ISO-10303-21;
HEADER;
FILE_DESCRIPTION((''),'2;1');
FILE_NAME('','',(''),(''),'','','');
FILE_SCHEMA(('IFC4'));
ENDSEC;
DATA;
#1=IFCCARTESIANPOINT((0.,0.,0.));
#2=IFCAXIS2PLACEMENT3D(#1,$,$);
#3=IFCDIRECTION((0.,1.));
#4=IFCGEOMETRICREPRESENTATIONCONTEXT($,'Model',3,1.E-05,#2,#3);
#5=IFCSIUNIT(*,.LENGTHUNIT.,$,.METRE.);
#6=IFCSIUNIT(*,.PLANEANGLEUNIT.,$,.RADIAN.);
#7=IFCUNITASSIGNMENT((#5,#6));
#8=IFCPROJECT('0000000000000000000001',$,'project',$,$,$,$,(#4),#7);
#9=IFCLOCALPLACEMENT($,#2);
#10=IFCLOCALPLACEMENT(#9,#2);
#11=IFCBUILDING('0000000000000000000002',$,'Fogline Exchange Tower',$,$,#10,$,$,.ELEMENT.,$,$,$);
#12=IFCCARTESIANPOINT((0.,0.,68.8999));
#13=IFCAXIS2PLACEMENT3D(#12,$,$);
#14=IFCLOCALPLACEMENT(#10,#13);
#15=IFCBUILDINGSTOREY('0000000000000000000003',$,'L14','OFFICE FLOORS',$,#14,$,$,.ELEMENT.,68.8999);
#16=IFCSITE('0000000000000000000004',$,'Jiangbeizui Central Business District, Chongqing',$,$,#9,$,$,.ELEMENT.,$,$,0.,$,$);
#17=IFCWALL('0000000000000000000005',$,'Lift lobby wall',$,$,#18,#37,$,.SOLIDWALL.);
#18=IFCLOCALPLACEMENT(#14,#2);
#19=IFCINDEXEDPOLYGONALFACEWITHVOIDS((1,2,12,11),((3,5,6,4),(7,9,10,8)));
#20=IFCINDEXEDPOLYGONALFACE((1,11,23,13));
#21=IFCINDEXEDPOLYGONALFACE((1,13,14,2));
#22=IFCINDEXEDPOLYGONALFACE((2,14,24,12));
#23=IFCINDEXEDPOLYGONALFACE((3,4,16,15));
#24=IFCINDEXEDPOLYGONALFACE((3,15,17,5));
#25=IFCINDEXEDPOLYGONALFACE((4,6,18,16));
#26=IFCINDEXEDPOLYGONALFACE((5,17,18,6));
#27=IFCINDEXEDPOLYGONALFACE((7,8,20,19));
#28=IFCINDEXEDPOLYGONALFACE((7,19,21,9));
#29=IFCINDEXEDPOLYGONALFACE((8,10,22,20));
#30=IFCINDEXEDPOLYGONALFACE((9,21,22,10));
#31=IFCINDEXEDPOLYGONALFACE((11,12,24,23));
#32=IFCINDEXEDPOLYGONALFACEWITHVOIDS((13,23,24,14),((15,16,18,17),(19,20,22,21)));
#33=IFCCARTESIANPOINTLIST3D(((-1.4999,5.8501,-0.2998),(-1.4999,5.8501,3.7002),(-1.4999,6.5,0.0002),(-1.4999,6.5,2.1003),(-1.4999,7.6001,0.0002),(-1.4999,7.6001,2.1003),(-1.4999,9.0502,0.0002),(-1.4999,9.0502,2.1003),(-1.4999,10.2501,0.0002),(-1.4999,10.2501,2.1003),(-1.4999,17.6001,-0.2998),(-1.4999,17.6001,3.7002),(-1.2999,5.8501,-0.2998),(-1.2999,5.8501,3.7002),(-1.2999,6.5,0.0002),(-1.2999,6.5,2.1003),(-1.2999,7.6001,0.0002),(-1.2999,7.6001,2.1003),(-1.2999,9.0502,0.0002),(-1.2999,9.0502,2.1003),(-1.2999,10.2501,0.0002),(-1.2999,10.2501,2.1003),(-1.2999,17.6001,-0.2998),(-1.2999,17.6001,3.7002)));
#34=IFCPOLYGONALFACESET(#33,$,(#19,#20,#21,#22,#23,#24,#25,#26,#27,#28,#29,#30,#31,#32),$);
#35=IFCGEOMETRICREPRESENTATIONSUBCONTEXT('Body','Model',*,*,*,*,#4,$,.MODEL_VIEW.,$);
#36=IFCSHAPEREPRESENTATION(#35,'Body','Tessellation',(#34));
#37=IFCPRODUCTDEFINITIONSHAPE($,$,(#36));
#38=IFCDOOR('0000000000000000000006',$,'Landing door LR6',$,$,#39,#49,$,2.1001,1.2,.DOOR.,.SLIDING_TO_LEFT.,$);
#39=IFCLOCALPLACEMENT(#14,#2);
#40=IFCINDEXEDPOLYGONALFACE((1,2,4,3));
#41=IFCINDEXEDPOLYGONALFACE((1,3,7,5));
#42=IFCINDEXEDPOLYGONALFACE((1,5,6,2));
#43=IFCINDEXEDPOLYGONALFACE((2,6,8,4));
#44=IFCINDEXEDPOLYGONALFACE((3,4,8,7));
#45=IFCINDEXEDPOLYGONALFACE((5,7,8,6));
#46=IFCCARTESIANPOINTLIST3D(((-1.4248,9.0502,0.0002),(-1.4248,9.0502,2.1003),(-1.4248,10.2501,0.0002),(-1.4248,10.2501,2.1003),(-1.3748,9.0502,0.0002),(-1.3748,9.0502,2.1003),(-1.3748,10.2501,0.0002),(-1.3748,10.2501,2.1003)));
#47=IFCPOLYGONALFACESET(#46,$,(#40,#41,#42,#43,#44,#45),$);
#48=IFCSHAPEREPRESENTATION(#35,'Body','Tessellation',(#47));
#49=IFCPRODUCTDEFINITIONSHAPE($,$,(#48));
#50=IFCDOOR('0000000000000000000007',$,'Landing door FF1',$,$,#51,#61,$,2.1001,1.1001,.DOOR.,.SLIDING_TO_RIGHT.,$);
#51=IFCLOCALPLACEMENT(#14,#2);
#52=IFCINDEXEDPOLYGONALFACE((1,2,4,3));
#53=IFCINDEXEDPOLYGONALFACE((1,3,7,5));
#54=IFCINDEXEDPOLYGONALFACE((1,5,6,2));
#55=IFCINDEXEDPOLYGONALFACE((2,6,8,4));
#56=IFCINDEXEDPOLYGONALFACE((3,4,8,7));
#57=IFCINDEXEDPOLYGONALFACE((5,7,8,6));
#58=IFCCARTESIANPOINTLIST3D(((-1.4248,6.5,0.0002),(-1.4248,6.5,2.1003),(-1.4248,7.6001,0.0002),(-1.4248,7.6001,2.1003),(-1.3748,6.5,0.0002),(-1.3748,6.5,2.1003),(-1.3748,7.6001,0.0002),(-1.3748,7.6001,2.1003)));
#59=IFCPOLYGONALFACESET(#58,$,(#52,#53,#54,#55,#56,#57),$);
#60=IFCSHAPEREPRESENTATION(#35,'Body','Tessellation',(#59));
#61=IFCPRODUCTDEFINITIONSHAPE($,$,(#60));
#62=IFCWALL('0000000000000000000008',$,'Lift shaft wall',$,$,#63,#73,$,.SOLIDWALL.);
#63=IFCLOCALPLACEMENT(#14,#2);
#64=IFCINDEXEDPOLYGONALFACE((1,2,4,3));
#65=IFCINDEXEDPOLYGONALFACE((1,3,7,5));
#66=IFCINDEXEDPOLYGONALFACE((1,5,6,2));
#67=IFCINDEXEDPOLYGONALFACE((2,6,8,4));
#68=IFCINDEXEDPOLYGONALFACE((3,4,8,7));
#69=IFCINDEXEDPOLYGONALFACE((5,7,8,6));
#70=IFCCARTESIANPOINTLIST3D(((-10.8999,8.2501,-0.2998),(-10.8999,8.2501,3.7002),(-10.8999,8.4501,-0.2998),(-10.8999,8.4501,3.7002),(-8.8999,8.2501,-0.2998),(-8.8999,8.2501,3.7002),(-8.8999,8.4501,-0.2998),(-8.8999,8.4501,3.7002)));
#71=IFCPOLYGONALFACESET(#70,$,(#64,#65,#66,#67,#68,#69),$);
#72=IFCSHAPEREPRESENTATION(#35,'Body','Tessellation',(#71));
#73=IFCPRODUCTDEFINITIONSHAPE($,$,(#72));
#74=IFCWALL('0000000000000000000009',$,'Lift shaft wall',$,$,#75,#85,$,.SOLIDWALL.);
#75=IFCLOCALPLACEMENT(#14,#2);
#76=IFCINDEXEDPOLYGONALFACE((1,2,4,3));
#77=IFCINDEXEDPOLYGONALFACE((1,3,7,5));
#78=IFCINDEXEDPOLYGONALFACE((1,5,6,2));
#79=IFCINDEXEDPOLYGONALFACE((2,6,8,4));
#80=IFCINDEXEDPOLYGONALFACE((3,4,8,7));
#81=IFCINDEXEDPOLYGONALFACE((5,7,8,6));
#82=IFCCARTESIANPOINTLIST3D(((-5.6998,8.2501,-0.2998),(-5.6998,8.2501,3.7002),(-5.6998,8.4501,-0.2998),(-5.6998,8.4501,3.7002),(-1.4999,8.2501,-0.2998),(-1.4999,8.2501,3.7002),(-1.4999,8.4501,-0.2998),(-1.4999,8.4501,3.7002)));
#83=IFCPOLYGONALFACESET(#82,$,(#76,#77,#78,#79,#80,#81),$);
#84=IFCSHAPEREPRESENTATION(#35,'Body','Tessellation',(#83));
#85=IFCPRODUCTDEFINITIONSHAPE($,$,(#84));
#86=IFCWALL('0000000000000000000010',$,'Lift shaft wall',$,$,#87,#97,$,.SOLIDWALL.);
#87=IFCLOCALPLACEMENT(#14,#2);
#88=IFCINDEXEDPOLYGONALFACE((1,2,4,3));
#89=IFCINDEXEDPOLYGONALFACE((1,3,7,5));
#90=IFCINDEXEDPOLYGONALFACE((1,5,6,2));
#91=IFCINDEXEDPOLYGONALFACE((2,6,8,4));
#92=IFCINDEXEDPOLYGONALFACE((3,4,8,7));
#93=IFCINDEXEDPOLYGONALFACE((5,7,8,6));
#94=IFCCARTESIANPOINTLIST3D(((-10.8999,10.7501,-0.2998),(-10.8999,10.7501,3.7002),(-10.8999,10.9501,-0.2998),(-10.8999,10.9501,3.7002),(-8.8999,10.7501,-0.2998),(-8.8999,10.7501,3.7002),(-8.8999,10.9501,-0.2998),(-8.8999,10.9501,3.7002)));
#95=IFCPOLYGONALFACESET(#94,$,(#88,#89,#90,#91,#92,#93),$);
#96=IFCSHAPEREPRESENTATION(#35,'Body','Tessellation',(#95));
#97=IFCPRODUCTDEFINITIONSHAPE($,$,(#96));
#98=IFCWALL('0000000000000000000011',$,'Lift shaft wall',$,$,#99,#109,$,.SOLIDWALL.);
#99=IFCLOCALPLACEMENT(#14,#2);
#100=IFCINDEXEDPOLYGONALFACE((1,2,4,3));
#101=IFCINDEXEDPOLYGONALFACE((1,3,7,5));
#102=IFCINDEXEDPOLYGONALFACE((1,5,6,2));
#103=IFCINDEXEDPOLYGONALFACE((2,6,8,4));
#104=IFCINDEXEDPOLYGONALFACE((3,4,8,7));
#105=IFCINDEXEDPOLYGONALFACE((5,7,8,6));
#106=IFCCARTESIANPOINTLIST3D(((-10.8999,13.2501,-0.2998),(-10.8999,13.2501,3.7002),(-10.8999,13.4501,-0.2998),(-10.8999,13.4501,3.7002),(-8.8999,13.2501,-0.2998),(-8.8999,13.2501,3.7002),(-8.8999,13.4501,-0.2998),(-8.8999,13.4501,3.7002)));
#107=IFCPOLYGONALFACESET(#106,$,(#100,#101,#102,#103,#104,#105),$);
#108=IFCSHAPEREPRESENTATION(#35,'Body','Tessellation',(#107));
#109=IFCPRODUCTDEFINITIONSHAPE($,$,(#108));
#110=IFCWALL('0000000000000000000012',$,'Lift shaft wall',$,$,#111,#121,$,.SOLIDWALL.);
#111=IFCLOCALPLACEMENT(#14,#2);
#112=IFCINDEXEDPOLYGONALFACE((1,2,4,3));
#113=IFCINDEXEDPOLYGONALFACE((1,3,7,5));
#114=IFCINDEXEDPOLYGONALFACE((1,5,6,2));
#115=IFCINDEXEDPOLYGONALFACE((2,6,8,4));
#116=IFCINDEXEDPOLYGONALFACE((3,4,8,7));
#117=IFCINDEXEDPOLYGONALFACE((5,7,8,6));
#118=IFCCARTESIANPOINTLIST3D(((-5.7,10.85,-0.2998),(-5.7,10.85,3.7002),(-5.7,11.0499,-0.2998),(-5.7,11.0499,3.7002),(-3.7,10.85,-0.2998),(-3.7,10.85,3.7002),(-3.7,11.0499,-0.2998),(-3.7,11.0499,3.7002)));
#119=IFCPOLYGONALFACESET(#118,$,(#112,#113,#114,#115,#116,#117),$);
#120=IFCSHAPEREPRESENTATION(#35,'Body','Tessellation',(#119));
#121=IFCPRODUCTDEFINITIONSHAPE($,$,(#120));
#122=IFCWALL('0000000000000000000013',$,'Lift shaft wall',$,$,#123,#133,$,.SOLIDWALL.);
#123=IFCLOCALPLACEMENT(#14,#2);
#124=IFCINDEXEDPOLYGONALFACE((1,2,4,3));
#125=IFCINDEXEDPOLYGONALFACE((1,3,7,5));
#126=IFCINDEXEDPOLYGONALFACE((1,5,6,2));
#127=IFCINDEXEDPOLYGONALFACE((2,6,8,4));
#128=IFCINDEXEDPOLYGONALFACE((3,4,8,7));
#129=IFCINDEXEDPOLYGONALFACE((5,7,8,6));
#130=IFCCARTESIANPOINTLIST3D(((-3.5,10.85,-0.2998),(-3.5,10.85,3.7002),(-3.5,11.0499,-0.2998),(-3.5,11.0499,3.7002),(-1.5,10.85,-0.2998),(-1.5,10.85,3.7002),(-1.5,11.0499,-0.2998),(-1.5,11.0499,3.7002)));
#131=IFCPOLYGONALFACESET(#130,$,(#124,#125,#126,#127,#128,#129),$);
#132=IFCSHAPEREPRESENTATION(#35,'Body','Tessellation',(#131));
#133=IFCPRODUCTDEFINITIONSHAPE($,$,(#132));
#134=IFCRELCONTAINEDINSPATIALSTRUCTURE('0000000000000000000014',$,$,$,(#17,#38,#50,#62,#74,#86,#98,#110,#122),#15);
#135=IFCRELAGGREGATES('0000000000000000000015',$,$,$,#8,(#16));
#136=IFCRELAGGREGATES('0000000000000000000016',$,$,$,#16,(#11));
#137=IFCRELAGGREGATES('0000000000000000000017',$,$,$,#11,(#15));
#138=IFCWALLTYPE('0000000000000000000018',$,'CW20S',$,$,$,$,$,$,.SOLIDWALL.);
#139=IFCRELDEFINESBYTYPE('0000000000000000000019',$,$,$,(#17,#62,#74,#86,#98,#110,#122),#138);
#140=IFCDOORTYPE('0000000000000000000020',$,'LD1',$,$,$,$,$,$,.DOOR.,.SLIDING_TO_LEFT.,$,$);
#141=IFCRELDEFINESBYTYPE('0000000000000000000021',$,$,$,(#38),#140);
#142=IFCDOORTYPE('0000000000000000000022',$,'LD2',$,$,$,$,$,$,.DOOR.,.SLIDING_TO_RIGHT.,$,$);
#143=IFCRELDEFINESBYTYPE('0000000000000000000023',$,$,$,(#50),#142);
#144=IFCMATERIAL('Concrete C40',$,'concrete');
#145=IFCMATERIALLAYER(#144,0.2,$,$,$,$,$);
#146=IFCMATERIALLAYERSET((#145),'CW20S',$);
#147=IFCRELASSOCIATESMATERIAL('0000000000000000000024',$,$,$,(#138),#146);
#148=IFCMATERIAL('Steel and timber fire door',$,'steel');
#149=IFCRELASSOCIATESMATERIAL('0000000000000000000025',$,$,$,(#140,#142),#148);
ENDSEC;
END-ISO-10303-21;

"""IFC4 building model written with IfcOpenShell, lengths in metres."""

from ifc_helpers import new_model, si_unit, direction, frame, frame_2d, origin, place, context, subcontext, project, spatial, rectangle, extrude, material, layer, layer_set, type_object, element, fill, save


model = new_model("IFC4")

# Units and contexts
model_context = context("Model", 3, precision=1e-05, world=origin(), true_north=direction((0.0, 1.0)))
body_context = subcontext(model_context, "Body", "Model", "MODEL_VIEW")
ifc_project = project(units=[si_unit("LENGTHUNIT", "METRE"), si_unit("PLANEANGLEUNIT", "RADIAN")], contexts=[model_context])

# Site, building, storey
site_placement = place(None, origin())
site = spatial("IfcSite", under=ifc_project, at=site_placement, Name="Jiangbeizui Central Business District, Chongqing", CompositionType="ELEMENT", RefElevation=0.0)
building_placement = place(site_placement, origin())
building = spatial("IfcBuilding", under=site, at=building_placement, Name="Fogline Exchange Tower", CompositionType="ELEMENT")
storey_placement = place(building_placement, frame((0.0, 0.0, 68.8999)))
storey = spatial("IfcBuildingStorey", under=building, at=storey_placement, Name="L14", Description="OFFICE FLOORS", CompositionType="ELEMENT", Elevation=68.8999)

# Shared definitions
ifc_material_1 = material(Name="Steel and timber fire door", Category="steel")

# Shared definitions
ifc_material_2 = material(Name="Concrete C40", Category="concrete")

# Shared definitions
ifc_layer_1 = layer(ifc_material_2, 0.2)
ifc_layer_set_1 = layer_set([ifc_layer_1], Name="CW20S")
wall_type_1 = type_object("IfcWallType", Name="CW20S", PredefinedType="SOLIDWALL", material=ifc_layer_set_1)
door_type_1 = type_object("IfcDoorType", Name="LD1", OperationType="SLIDING_TO_LEFT", PredefinedType="DOOR", material=ifc_material_1)

# Wall, openings, doors
wall_1_placement = place(storey_placement, frame((-1.3999, 5.8501, -0.2998), z_axis=(0.0, 0.0, 1.0), x_axis=(0.0, 1.0, 0.0)))
wall_1 = element("IfcWall", 1, at=wall_1_placement, inside=storey, type_object=wall_type_1, Name="Lift lobby wall", PredefinedType="SOLIDWALL", context=body_context, shape_type="SweptSolid", body=[
    extrude(rectangle(XDim=11.75, YDim=0.2, at=frame_2d((5.875, 0.0))), origin(), (0.0, 0.0, 1.0), 4.0),
])
opening_1_placement = place(wall_1_placement, frame((3.2, 0.0, 0.3)))
opening_1 = element("IfcOpeningElement", 2, at=opening_1_placement, cuts=wall_1, PredefinedType="OPENING", context=body_context, shape_type="SweptSolid", body=[
    extrude(rectangle(XDim=1.2, YDim=2.1001, at=frame_2d((0.6001, 1.05))), frame((0.0, 0.1099, 0.0), z_axis=(0.0, -1.0, 0.0), x_axis=(1.0, 0.0, 0.0)), (0.0, 0.0, 1.0), 0.22),
])
opening_2_placement = place(wall_1_placement, frame((0.6499, 0.0, 0.3)))
opening_2 = element("IfcOpeningElement", 3, at=opening_2_placement, cuts=wall_1, PredefinedType="OPENING", context=body_context, shape_type="SweptSolid", body=[
    extrude(rectangle(XDim=1.1001, YDim=2.1001, at=frame_2d((0.55, 1.05))), frame((0.0, 0.1099, 0.0), z_axis=(0.0, -1.0, 0.0), x_axis=(1.0, 0.0, 0.0)), (0.0, 0.0, 1.0), 0.22),
])
door_1_placement = place(opening_1_placement, origin())
door_1 = element("IfcDoor", 4, at=door_1_placement, inside=storey, type_object=door_type_1, Name="Landing door LR6", OperationType="SLIDING_TO_LEFT", OverallHeight=2.1001, OverallWidth=1.2, PredefinedType="DOOR", context=body_context, shape_type="SweptSolid", body=[
    extrude(rectangle(XDim=1.2, YDim=2.1001, at=frame_2d((0.6001, 1.05))), frame((0.0, 0.0249, 0.0), z_axis=(0.0, -1.0, 0.0), x_axis=(1.0, 0.0, 0.0)), (0.0, 0.0, 1.0), 0.05),
])
fill(opening_1, door_1)
door_type_2 = type_object("IfcDoorType", Name="LD2", OperationType="SLIDING_TO_RIGHT", PredefinedType="DOOR", material=ifc_material_1)
door_2_placement = place(opening_2_placement, origin())
door_2 = element("IfcDoor", 5, at=door_2_placement, inside=storey, type_object=door_type_2, Name="Landing door FF1", OperationType="SLIDING_TO_RIGHT", OverallHeight=2.1001, OverallWidth=1.1001, PredefinedType="DOOR", context=body_context, shape_type="SweptSolid", body=[
    extrude(rectangle(XDim=1.1001, YDim=2.1001, at=frame_2d((0.55, 1.05))), frame((0.0, 0.0249, 0.0), z_axis=(0.0, -1.0, 0.0), x_axis=(1.0, 0.0, 0.0)), (0.0, 0.0, 1.0), 0.05),
])
fill(opening_2, door_2)

# Walls
wall_2_placement = place(storey_placement, frame((-10.8999, 8.3501, -0.2998), z_axis=(0.0, 0.0, 1.0), x_axis=(1.0, 0.0, 0.0)))
element("IfcWall", 6, at=wall_2_placement, inside=storey, type_object=wall_type_1, Name="Lift shaft wall", PredefinedType="SOLIDWALL", context=body_context, shape_type="SweptSolid", body=[
    extrude(rectangle(XDim=2.0, YDim=0.2, at=frame_2d((1.0, 0.0))), origin(), (0.0, 0.0, 1.0), 4.0),
])
wall_3_placement = place(storey_placement, frame((-5.7, 8.3501, -0.2998), z_axis=(0.0, 0.0, 1.0), x_axis=(1.0, 0.0, 0.0)))
element("IfcWall", 7, at=wall_3_placement, inside=storey, type_object=wall_type_1, Name="Lift shaft wall", PredefinedType="SOLIDWALL", context=body_context, shape_type="SweptSolid", body=[
    extrude(rectangle(XDim=4.2, YDim=0.2, at=frame_2d((2.1001, 0.0))), origin(), (0.0, 0.0, 1.0), 4.0),
])
for number, where, z_axis, x_axis, name in (
    (8, (-10.8999, 10.8501, -0.2998), (0.0, 0.0, 1.0), (1.0, 0.0, 0.0), "Lift shaft wall"),
    (9, (-10.8999, 13.3501, -0.2998), (0.0, 0.0, 1.0), (1.0, 0.0, 0.0), "Lift shaft wall"),
    (10, (-5.7, 10.95, -0.2998), (0.0, 0.0, 1.0), (1.0, 0.0, 0.0), "Lift shaft wall"),
    (11, (-3.5, 10.95, -0.2998), (0.0, 0.0, 1.0), (1.0, 0.0, 0.0), "Lift shaft wall"),
):
    element("IfcWall", number, at=place(storey_placement, frame(where, z_axis=z_axis, x_axis=x_axis)), inside=storey, type_object=wall_type_1, Name=name, PredefinedType="SOLIDWALL", context=body_context, shape_type="SweptSolid", body=[
        extrude(rectangle(XDim=2.0, YDim=0.2, at=frame_2d((1.0, 0.0))), origin(), (0.0, 0.0, 1.0), 4.0),
    ])

save(model, "model.ifc")
